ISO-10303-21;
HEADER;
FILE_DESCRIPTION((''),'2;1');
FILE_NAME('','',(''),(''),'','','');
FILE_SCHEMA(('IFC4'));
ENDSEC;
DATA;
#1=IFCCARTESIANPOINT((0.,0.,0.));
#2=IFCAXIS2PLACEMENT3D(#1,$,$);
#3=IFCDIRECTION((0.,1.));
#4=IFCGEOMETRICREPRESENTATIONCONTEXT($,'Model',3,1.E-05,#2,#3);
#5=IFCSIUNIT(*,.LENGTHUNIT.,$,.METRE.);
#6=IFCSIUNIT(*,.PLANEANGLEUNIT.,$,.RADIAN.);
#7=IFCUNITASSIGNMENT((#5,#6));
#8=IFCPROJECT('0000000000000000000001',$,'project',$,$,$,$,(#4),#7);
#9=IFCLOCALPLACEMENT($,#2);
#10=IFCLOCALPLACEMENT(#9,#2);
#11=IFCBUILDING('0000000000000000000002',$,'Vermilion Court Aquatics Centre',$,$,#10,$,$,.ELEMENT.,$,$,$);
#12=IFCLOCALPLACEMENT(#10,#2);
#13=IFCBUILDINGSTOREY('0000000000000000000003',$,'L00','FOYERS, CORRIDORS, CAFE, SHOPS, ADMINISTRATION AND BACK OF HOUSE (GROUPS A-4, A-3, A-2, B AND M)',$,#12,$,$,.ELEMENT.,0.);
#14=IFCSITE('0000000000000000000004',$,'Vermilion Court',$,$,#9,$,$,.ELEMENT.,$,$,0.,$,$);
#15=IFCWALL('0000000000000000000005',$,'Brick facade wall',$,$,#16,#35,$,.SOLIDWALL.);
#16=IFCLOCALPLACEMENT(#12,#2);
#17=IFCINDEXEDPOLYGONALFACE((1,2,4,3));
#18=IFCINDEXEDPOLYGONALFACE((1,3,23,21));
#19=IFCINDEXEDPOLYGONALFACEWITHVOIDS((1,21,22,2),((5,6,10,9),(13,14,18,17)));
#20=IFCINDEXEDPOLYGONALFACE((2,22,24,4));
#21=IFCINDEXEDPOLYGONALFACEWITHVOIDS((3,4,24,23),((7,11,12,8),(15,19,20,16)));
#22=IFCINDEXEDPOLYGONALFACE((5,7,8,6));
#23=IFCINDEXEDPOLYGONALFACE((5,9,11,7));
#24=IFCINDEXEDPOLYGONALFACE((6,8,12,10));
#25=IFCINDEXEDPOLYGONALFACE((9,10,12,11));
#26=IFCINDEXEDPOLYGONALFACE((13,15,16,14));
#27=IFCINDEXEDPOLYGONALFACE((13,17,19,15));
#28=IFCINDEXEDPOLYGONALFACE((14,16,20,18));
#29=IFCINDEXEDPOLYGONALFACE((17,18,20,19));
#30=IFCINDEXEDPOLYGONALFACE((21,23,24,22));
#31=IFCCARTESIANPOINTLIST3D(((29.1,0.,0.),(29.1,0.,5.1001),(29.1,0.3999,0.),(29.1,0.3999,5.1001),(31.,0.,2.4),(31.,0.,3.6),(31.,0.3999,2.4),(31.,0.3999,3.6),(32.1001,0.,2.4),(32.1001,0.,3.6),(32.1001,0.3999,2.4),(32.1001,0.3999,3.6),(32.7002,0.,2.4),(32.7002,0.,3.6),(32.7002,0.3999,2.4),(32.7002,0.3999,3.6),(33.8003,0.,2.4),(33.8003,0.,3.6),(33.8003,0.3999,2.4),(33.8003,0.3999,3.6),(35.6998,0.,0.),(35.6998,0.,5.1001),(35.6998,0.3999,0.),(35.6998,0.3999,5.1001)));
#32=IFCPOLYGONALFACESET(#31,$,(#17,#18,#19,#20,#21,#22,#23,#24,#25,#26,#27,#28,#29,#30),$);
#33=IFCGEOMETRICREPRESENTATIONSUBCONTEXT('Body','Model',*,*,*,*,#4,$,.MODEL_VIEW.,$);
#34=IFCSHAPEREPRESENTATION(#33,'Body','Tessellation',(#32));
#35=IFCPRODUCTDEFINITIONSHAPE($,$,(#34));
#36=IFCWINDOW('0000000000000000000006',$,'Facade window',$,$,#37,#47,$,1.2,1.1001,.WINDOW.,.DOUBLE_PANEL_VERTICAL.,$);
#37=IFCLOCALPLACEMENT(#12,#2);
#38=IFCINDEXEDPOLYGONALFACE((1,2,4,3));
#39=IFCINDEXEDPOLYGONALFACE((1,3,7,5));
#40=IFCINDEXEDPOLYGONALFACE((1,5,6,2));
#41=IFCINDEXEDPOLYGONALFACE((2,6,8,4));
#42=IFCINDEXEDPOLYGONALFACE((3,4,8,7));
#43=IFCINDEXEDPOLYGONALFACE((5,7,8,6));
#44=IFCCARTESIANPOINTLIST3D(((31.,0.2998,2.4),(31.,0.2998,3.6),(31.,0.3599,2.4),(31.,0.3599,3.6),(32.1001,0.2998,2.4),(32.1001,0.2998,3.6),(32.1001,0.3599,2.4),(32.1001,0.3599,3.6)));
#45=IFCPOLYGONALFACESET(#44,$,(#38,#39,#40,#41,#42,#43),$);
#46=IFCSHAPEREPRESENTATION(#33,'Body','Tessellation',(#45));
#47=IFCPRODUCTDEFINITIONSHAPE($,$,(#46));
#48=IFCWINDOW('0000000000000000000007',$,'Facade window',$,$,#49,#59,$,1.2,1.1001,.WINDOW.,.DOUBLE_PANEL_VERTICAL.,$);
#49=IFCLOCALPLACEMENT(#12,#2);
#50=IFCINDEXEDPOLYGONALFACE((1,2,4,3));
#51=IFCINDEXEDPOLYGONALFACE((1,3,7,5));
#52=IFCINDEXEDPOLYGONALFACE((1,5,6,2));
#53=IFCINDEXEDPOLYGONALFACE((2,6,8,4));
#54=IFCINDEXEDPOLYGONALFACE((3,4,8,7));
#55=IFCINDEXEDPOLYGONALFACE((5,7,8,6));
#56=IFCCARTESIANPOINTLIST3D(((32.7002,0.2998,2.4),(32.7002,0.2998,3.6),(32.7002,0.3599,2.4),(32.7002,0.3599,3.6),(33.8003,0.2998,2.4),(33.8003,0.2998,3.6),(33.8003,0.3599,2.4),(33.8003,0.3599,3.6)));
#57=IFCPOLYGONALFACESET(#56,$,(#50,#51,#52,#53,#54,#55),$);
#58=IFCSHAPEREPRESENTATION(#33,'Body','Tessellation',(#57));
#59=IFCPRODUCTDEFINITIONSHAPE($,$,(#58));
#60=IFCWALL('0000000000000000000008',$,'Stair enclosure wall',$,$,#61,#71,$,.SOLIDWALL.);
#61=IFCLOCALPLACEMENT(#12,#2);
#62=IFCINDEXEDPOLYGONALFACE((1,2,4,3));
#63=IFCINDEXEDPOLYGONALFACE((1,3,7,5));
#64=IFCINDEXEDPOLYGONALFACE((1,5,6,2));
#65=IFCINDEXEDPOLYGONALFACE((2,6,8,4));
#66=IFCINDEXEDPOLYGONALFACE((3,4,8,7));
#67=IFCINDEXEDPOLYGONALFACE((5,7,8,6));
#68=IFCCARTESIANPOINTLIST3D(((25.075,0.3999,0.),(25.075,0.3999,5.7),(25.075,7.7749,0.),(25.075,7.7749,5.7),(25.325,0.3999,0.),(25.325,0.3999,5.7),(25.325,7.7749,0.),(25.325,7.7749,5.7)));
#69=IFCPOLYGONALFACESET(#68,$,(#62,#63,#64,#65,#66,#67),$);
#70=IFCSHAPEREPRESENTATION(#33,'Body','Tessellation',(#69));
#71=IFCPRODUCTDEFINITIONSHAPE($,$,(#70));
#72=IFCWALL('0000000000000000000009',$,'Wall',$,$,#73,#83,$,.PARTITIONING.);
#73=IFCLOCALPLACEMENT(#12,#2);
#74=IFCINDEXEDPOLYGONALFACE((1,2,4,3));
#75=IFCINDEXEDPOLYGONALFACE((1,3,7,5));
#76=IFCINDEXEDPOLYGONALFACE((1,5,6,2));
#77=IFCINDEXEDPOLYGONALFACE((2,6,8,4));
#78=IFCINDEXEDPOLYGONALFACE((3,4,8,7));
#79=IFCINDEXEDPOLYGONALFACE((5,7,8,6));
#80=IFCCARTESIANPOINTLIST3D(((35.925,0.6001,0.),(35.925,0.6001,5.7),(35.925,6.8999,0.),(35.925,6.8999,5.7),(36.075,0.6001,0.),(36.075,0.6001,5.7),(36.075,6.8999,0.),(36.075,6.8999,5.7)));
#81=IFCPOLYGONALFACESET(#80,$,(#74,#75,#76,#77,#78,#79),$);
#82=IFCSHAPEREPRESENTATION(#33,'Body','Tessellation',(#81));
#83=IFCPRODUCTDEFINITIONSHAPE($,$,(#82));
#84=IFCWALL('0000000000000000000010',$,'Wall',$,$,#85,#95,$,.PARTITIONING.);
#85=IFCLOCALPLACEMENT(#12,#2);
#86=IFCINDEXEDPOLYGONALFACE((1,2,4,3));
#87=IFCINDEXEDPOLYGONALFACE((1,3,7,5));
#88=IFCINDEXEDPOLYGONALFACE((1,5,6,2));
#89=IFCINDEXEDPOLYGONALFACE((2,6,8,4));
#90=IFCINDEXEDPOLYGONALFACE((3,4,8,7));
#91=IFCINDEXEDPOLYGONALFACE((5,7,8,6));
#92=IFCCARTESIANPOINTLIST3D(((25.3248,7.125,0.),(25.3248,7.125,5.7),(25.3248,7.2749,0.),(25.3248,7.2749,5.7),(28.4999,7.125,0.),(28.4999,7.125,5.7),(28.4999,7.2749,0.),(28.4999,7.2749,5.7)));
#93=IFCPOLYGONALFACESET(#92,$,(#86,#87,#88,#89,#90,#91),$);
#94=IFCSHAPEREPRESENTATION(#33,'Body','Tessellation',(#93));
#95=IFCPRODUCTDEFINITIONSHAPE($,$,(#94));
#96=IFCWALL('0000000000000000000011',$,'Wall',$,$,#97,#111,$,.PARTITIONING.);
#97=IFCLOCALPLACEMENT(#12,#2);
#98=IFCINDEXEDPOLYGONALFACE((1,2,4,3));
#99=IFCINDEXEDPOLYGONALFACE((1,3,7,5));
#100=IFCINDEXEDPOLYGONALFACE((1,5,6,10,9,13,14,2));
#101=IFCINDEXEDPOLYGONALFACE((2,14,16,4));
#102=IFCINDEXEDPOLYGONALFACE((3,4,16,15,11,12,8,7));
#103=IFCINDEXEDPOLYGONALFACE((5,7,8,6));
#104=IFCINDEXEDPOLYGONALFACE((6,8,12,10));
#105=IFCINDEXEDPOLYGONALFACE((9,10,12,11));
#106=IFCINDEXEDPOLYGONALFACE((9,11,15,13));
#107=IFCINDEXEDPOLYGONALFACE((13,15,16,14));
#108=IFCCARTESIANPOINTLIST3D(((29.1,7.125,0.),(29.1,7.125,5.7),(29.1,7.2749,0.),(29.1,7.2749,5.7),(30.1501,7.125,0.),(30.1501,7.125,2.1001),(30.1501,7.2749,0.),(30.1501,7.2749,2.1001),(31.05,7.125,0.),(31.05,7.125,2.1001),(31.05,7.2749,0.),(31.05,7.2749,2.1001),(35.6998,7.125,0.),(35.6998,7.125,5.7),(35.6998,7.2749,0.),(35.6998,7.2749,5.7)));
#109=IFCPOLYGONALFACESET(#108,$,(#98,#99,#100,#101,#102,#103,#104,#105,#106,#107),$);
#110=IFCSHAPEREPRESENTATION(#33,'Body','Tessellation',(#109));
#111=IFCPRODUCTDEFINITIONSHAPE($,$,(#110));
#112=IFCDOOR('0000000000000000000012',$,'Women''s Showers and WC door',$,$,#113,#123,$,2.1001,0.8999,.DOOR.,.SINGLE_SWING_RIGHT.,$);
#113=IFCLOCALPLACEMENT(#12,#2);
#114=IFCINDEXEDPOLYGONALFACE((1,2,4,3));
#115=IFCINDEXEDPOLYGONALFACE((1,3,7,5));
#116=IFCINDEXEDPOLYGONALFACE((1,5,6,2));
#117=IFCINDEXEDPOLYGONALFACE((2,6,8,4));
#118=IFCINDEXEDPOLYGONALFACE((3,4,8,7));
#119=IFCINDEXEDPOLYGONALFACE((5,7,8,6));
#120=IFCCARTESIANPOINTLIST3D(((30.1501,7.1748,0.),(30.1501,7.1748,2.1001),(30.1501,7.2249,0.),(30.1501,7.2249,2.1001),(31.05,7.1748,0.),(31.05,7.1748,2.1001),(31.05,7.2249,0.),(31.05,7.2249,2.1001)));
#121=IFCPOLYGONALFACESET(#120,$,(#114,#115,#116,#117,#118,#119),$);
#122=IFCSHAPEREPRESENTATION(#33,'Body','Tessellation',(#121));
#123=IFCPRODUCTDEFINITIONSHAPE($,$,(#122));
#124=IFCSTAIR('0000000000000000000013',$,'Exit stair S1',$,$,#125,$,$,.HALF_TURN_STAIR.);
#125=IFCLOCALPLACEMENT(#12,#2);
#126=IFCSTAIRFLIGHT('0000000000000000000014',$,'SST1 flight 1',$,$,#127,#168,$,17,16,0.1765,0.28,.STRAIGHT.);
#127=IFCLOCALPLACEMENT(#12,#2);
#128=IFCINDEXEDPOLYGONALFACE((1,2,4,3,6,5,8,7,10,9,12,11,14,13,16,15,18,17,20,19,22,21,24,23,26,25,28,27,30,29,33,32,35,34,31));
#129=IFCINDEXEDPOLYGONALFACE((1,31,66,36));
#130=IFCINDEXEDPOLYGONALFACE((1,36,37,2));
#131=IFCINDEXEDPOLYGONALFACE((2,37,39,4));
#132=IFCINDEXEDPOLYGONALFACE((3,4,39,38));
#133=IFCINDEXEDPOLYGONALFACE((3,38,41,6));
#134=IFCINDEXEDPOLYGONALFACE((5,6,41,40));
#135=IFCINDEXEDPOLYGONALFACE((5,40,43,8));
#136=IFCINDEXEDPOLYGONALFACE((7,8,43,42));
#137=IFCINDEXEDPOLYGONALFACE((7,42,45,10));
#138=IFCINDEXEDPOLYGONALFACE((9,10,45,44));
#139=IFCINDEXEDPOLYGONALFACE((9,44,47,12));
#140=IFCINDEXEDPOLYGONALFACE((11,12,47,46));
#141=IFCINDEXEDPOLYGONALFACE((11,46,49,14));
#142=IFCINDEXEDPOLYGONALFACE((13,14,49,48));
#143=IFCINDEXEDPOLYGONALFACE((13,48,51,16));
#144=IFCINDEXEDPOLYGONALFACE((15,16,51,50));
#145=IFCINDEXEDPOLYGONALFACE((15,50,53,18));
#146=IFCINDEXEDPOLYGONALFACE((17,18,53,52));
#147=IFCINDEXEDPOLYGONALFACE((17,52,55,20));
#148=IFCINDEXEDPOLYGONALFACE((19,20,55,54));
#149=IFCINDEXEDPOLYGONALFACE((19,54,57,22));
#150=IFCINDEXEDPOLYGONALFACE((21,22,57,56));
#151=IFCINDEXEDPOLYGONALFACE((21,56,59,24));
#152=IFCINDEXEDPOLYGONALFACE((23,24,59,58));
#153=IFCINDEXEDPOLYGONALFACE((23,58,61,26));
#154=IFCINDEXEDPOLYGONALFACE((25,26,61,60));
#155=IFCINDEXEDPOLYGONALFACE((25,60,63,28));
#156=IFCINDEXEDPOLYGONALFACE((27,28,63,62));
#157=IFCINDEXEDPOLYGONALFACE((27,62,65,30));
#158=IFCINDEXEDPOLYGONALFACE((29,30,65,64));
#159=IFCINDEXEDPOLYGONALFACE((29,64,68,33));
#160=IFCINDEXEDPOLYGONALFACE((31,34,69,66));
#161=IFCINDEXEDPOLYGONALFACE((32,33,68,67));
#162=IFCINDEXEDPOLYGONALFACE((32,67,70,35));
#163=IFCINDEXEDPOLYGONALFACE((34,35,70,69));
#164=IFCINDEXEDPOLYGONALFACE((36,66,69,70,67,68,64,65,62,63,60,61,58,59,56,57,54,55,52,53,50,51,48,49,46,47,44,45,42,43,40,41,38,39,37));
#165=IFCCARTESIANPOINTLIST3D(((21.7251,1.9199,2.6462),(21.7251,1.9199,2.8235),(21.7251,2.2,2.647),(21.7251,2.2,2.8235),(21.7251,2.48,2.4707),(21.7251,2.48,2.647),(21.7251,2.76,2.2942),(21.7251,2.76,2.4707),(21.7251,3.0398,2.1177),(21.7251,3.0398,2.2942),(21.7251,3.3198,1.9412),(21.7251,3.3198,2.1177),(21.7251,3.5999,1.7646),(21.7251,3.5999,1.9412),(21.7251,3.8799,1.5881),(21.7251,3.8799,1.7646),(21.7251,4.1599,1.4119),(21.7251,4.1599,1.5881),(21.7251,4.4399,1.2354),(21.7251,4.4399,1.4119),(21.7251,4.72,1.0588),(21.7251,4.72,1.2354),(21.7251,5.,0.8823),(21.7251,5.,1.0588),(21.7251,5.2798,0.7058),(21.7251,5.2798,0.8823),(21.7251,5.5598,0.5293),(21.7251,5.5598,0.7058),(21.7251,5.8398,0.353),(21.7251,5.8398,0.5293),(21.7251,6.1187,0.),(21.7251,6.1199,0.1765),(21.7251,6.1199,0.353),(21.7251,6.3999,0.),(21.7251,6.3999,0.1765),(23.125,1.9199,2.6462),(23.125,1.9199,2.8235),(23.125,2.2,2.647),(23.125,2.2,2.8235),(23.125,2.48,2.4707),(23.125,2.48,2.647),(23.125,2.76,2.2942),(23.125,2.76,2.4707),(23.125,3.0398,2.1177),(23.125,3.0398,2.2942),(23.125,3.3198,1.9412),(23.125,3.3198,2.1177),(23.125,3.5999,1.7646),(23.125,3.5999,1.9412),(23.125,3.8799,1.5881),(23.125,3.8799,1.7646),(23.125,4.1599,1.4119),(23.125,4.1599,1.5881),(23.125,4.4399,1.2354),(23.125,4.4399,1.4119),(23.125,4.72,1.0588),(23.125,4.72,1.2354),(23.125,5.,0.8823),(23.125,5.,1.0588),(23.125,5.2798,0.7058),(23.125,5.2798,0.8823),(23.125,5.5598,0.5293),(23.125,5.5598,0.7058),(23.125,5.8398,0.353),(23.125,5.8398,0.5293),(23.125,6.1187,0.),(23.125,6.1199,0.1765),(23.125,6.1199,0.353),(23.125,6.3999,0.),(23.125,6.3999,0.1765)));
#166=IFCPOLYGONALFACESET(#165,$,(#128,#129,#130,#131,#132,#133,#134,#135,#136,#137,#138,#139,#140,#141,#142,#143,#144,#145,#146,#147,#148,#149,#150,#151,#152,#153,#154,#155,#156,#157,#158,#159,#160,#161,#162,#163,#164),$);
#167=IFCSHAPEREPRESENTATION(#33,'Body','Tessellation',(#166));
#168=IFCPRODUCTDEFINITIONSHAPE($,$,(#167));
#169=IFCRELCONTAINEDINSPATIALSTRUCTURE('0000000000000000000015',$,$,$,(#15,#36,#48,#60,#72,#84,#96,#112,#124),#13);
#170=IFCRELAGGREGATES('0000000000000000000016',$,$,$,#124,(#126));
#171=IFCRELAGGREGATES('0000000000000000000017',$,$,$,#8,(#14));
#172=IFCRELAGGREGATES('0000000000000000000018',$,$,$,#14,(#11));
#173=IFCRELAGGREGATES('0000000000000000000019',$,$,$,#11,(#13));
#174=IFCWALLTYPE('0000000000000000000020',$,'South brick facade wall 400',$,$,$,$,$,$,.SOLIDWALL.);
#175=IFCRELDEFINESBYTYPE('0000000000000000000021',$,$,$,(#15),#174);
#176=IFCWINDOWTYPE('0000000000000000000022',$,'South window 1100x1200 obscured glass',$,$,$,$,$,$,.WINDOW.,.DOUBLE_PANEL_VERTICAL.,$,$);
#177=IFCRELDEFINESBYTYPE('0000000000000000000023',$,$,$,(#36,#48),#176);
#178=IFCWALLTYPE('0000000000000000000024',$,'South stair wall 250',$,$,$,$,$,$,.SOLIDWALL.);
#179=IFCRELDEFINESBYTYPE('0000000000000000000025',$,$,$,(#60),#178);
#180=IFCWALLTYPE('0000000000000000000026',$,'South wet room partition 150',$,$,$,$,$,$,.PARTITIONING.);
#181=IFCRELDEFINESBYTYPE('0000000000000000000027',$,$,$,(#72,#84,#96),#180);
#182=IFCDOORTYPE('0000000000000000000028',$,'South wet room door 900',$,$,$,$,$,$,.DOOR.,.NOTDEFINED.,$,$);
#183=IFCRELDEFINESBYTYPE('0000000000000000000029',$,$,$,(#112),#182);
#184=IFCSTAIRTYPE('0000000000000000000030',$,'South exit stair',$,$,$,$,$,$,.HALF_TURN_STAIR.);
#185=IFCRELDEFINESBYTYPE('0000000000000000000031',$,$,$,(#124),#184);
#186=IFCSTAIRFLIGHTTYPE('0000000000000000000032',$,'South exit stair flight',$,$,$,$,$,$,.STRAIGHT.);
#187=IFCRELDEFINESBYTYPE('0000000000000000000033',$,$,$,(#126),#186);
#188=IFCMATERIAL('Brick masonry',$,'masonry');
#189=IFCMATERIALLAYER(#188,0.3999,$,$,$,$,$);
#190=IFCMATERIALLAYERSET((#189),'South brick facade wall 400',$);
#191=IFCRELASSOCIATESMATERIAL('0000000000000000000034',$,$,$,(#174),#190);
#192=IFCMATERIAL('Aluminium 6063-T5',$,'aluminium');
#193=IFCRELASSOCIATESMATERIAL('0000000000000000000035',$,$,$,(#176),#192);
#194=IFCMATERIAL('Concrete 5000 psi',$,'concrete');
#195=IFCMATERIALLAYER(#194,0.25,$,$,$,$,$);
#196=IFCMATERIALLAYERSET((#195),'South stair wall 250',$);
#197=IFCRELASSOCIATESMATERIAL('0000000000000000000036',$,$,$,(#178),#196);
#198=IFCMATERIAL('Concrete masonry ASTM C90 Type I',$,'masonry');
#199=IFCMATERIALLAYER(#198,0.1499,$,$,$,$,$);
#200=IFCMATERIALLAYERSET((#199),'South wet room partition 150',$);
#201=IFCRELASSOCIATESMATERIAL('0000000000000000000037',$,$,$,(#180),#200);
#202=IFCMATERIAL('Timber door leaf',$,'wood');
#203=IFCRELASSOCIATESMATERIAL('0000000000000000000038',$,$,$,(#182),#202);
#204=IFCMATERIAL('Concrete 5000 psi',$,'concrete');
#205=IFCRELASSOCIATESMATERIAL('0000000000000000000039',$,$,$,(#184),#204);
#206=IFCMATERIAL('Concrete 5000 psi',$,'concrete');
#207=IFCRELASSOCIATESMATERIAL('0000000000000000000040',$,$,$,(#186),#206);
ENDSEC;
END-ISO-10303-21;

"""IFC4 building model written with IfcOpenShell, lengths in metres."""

from ifc_helpers import new_model, si_unit, direction, frame, frame_2d, origin, place, context, subcontext, project, spatial, polyline, rectangle, outline, extrude, material, layer, layer_set, type_object, element, fill, aggregate, save


model = new_model("IFC4")

# Units and contexts
model_context = context("Model", 3, precision=1e-05, world=origin(), true_north=direction((0.0, 1.0)))
body_context = subcontext(model_context, "Body", "Model", "MODEL_VIEW")
ifc_project = project(units=[si_unit("LENGTHUNIT", "METRE"), si_unit("PLANEANGLEUNIT", "RADIAN")], contexts=[model_context])

# Site, building, storey
site_placement = place(None, origin())
site = spatial("IfcSite", under=ifc_project, at=site_placement, Name="Vermilion Court", CompositionType="ELEMENT", RefElevation=0.0)
building_placement = place(site_placement, origin())
building = spatial("IfcBuilding", under=site, at=building_placement, Name="Vermilion Court Aquatics Centre", CompositionType="ELEMENT")
storey_placement = place(building_placement, origin())
storey = spatial("IfcBuildingStorey", under=building, at=storey_placement, Name="L00", Description="FOYERS, CORRIDORS, CAFE, SHOPS, ADMINISTRATION AND BACK OF HOUSE (GROUPS A-4, A-3, A-2, B AND M)", CompositionType="ELEMENT", Elevation=0.0)

# Wall, openings, windows
ifc_material_1 = material(Name="Brick masonry", Category="masonry")
ifc_layer_1 = layer(ifc_material_1, 0.3999)
ifc_layer_set_1 = layer_set([ifc_layer_1], Name="South brick facade wall 400")
wall_type_1 = type_object("IfcWallType", Name="South brick facade wall 400", PredefinedType="SOLIDWALL", material=ifc_layer_set_1)
wall_1_placement = place(storey_placement, frame((29.1001, 0.2, 0.0), z_axis=(0.0, 0.0, 1.0), x_axis=(1.0, 0.0, 0.0)))
wall_1 = element("IfcWall", 1, at=wall_1_placement, inside=storey, type_object=wall_type_1, Name="Brick facade wall", PredefinedType="SOLIDWALL", context=body_context, shape_type="SweptSolid", body=[
    extrude(rectangle(XDim=6.5999, YDim=0.3999, at=frame_2d((3.2998, 0.0))), origin(), (0.0, 0.0, 1.0), 5.1001),
])
opening_1_placement = place(wall_1_placement, frame((1.8999, 0.0, 2.3999)))
opening_1 = element("IfcOpeningElement", 2, at=opening_1_placement, cuts=wall_1, PredefinedType="OPENING", context=body_context, shape_type="SweptSolid", body=[
    extrude(rectangle(XDim=1.1001, YDim=1.2, at=frame_2d((0.55, 0.6001))), frame((0.0, 0.21, 0.0), z_axis=(0.0, -1.0, 0.0), x_axis=(1.0, 0.0, 0.0)), (0.0, 0.0, 1.0), 0.4199),
])
opening_2_placement = place(wall_1_placement, frame((3.6001, 0.0, 2.3999)))
opening_2 = element("IfcOpeningElement", 3, at=opening_2_placement, cuts=wall_1, PredefinedType="OPENING", context=body_context, shape_type="SweptSolid", body=[
    extrude(rectangle(XDim=1.1001, YDim=1.2, at=frame_2d((0.55, 0.6001))), frame((0.0, 0.21, 0.0), z_axis=(0.0, -1.0, 0.0), x_axis=(1.0, 0.0, 0.0)), (0.0, 0.0, 1.0), 0.4199),
])
ifc_material_2 = material(Name="Aluminium 6063-T5", Category="aluminium")
window_type = type_object("IfcWindowType", Name="South window 1100x1200 obscured glass", PartitioningType="DOUBLE_PANEL_VERTICAL", PredefinedType="WINDOW", material=ifc_material_2)
window_1_placement = place(opening_1_placement, origin())
window_1 = element("IfcWindow", 4, at=window_1_placement, inside=storey, type_object=window_type, Name="Facade window", OverallHeight=1.2, OverallWidth=1.1001, PartitioningType="DOUBLE_PANEL_VERTICAL", PredefinedType="WINDOW", context=body_context, shape_type="SweptSolid", body=[
    extrude(rectangle(XDim=1.1001, YDim=1.2, at=frame_2d((0.55, 0.6001))), frame((0.0, 0.1599, 0.0), z_axis=(0.0, -1.0, 0.0), x_axis=(1.0, 0.0, 0.0)), (0.0, 0.0, 1.0), 0.0601),
])
fill(opening_1, window_1)
window_2_placement = place(opening_2_placement, origin())
window_2 = element("IfcWindow", 5, at=window_2_placement, inside=storey, type_object=window_type, Name="Facade window", OverallHeight=1.2, OverallWidth=1.1001, PartitioningType="DOUBLE_PANEL_VERTICAL", PredefinedType="WINDOW", context=body_context, shape_type="SweptSolid", body=[
    extrude(rectangle(XDim=1.1001, YDim=1.2, at=frame_2d((0.55, 0.6001))), frame((0.0, 0.1599, 0.0), z_axis=(0.0, -1.0, 0.0), x_axis=(1.0, 0.0, 0.0)), (0.0, 0.0, 1.0), 0.0601),
])
fill(opening_2, window_2)

# Walls
ifc_material_3 = material(Name="Concrete 5000 psi", Category="concrete")
ifc_layer_2 = layer(ifc_material_3, 0.25)
ifc_layer_set_2 = layer_set([ifc_layer_2], Name="South stair wall 250")
wall_type_2 = type_object("IfcWallType", Name="South stair wall 250", PredefinedType="SOLIDWALL", material=ifc_layer_set_2)
wall_2_placement = place(storey_placement, frame((25.2, 0.3999, 0.0), z_axis=(0.0, 0.0, 1.0), x_axis=(0.0, 1.0, 0.0)))
element("IfcWall", 6, at=wall_2_placement, inside=storey, type_object=wall_type_2, Name="Stair enclosure wall", PredefinedType="SOLIDWALL", context=body_context, shape_type="SweptSolid", body=[
    extrude(rectangle(XDim=7.375, YDim=0.25, at=frame_2d((3.6875, 0.0))), origin(), (0.0, 0.0, 1.0), 5.7),
])
ifc_material_4 = material(Name="Concrete masonry ASTM C90 Type I", Category="masonry")
ifc_layer_3 = layer(ifc_material_4, 0.1499)
ifc_layer_set_3 = layer_set([ifc_layer_3], Name="South wet room partition 150")
wall_type_3 = type_object("IfcWallType", Name="South wet room partition 150", PredefinedType="PARTITIONING", material=ifc_layer_set_3)
wall_3_placement = place(storey_placement, frame((36.0, 0.6001, 0.0), z_axis=(0.0, 0.0, 1.0), x_axis=(0.0, 1.0, 0.0)))
element("IfcWall", 7, at=wall_3_placement, inside=storey, type_object=wall_type_3, Name="Wall", PredefinedType="PARTITIONING", context=body_context, shape_type="SweptSolid", body=[
    extrude(rectangle(XDim=6.2998, YDim=0.1499, at=frame_2d((3.1499, 0.0))), origin(), (0.0, 0.0, 1.0), 5.7),
])
wall_4_placement = place(storey_placement, frame((25.325, 7.2, 0.0), z_axis=(0.0, 0.0, 1.0), x_axis=(1.0, 0.0, 0.0)))
element("IfcWall", 8, at=wall_4_placement, inside=storey, type_object=wall_type_3, Name="Wall", PredefinedType="PARTITIONING", context=body_context, shape_type="SweptSolid", body=[
    extrude(rectangle(XDim=3.175, YDim=0.1499, at=frame_2d((1.5874, 0.0))), origin(), (0.0, 0.0, 1.0), 5.7),
])

# Wall, opening, door
wall_5_placement = place(storey_placement, frame((29.1001, 7.2, 0.0), z_axis=(0.0, 0.0, 1.0), x_axis=(1.0, 0.0, 0.0)))
wall_5 = element("IfcWall", 9, at=wall_5_placement, inside=storey, type_object=wall_type_3, Name="Wall", PredefinedType="PARTITIONING", context=body_context, shape_type="SweptSolid", body=[
    extrude(rectangle(XDim=6.5999, YDim=0.1499, at=frame_2d((3.2998, 0.0))), origin(), (0.0, 0.0, 1.0), 5.7),
])
opening_3_placement = place(wall_5_placement, frame((1.05, 0.0, 0.0)))
opening_3 = element("IfcOpeningElement", 10, at=opening_3_placement, cuts=wall_5, PredefinedType="OPENING", context=body_context, shape_type="SweptSolid", body=[
    extrude(rectangle(XDim=0.8999, YDim=2.1001, at=frame_2d((0.45, 1.05))), frame((0.0, 0.085, 0.0), z_axis=(0.0, -1.0, 0.0), x_axis=(1.0, 0.0, 0.0)), (0.0, 0.0, 1.0), 0.1699),
])
ifc_material_5 = material(Name="Timber door leaf", Category="wood")
door_type = type_object("IfcDoorType", Name="South wet room door 900", OperationType="NOTDEFINED", PredefinedType="DOOR", material=ifc_material_5)
door_placement = place(opening_3_placement, frame((0.8999, 0.0, 0.0), z_axis=(0.0, 0.0, 1.0), x_axis=(-1.0, 0.0, 0.0)))
door = element("IfcDoor", 11, at=door_placement, inside=storey, type_object=door_type, Name="Women's Showers and WC door", OperationType="SINGLE_SWING_RIGHT", OverallHeight=2.1001, OverallWidth=0.8999, PredefinedType="DOOR", context=body_context, shape_type="SweptSolid", body=[
    extrude(rectangle(XDim=0.8999, YDim=2.1001, at=frame_2d((0.45, 1.05))), frame((0.0, 0.0251, 0.0), z_axis=(0.0, -1.0, 0.0), x_axis=(1.0, 0.0, 0.0)), (0.0, 0.0, 1.0), 0.05),
])
fill(opening_3, door)

# Stair, stair flight
ifc_material_6 = material(Name="Concrete 5000 psi", Category="concrete")
stair_type = type_object("IfcStairType", Name="South exit stair", PredefinedType="HALF_TURN_STAIR", material=ifc_material_6)
stair_placement = place(storey_placement, origin())
stair = element("IfcStair", 12, at=stair_placement, inside=storey, type_object=stair_type, Name="Exit stair S1", PredefinedType="HALF_TURN_STAIR")
ifc_material_7 = material(Name="Concrete 5000 psi", Category="concrete")
stair_flight_type = type_object("IfcStairFlightType", Name="South exit stair flight", PredefinedType="STRAIGHT", material=ifc_material_7)
stair_flight_1_placement = place(storey_placement, frame((22.425, 6.3999, 0.0), z_axis=(0.0, 0.0, 1.0), x_axis=(0.0, -1.0, 0.0)))
stair_flight_1 = element("IfcStairFlight", 13, at=stair_flight_1_placement, type_object=stair_flight_type, Name="SST1 flight 1", NumberOfRisers=17, NumberOfTreads=16, PredefinedType="STRAIGHT", RiserHeight=0.1765, TreadLength=0.28, context=body_context, shape_type="SweptSolid", body=[
    extrude(outline(polyline([(0.0, 0.0), (0.0, 0.1765), (0.28, 0.1765), (0.28, 0.353), (0.5601, 0.353), (0.5601, 0.5293), (0.8401, 0.5293), (0.8401, 0.7058), (1.1201, 0.7058), (1.1201, 0.8823), (1.3999, 0.8823), (1.3999, 1.0588), (1.6799, 1.0588), (1.6799, 1.2354), (1.96, 1.2354), (1.96, 1.4119), (2.24, 1.4119), (2.24, 1.5881), (2.52, 1.5881), (2.52, 1.7646), (2.8, 1.7646), (2.8, 1.9412), (3.0801, 1.9412), (3.0801, 2.1177), (3.3601, 2.1177), (3.3601, 2.2942), (3.6399, 2.2942), (3.6399, 2.4707), (3.9199, 2.4707), (3.9199, 2.647), (4.2, 2.647), (4.2, 2.8235), (4.48, 2.8235), (4.48, 3.0), (4.48, 2.6462), (0.2812, 0.0), (0.0, 0.0)])), frame((0.0, 0.7, 0.0), z_axis=(0.0, -1.0, 0.0), x_axis=(1.0, 0.0, 0.0)), (0.0, 0.0, 1.0), 1.3999),
])
aggregate(stair, [stair_flight_1])

save(model, "model.ifc")
